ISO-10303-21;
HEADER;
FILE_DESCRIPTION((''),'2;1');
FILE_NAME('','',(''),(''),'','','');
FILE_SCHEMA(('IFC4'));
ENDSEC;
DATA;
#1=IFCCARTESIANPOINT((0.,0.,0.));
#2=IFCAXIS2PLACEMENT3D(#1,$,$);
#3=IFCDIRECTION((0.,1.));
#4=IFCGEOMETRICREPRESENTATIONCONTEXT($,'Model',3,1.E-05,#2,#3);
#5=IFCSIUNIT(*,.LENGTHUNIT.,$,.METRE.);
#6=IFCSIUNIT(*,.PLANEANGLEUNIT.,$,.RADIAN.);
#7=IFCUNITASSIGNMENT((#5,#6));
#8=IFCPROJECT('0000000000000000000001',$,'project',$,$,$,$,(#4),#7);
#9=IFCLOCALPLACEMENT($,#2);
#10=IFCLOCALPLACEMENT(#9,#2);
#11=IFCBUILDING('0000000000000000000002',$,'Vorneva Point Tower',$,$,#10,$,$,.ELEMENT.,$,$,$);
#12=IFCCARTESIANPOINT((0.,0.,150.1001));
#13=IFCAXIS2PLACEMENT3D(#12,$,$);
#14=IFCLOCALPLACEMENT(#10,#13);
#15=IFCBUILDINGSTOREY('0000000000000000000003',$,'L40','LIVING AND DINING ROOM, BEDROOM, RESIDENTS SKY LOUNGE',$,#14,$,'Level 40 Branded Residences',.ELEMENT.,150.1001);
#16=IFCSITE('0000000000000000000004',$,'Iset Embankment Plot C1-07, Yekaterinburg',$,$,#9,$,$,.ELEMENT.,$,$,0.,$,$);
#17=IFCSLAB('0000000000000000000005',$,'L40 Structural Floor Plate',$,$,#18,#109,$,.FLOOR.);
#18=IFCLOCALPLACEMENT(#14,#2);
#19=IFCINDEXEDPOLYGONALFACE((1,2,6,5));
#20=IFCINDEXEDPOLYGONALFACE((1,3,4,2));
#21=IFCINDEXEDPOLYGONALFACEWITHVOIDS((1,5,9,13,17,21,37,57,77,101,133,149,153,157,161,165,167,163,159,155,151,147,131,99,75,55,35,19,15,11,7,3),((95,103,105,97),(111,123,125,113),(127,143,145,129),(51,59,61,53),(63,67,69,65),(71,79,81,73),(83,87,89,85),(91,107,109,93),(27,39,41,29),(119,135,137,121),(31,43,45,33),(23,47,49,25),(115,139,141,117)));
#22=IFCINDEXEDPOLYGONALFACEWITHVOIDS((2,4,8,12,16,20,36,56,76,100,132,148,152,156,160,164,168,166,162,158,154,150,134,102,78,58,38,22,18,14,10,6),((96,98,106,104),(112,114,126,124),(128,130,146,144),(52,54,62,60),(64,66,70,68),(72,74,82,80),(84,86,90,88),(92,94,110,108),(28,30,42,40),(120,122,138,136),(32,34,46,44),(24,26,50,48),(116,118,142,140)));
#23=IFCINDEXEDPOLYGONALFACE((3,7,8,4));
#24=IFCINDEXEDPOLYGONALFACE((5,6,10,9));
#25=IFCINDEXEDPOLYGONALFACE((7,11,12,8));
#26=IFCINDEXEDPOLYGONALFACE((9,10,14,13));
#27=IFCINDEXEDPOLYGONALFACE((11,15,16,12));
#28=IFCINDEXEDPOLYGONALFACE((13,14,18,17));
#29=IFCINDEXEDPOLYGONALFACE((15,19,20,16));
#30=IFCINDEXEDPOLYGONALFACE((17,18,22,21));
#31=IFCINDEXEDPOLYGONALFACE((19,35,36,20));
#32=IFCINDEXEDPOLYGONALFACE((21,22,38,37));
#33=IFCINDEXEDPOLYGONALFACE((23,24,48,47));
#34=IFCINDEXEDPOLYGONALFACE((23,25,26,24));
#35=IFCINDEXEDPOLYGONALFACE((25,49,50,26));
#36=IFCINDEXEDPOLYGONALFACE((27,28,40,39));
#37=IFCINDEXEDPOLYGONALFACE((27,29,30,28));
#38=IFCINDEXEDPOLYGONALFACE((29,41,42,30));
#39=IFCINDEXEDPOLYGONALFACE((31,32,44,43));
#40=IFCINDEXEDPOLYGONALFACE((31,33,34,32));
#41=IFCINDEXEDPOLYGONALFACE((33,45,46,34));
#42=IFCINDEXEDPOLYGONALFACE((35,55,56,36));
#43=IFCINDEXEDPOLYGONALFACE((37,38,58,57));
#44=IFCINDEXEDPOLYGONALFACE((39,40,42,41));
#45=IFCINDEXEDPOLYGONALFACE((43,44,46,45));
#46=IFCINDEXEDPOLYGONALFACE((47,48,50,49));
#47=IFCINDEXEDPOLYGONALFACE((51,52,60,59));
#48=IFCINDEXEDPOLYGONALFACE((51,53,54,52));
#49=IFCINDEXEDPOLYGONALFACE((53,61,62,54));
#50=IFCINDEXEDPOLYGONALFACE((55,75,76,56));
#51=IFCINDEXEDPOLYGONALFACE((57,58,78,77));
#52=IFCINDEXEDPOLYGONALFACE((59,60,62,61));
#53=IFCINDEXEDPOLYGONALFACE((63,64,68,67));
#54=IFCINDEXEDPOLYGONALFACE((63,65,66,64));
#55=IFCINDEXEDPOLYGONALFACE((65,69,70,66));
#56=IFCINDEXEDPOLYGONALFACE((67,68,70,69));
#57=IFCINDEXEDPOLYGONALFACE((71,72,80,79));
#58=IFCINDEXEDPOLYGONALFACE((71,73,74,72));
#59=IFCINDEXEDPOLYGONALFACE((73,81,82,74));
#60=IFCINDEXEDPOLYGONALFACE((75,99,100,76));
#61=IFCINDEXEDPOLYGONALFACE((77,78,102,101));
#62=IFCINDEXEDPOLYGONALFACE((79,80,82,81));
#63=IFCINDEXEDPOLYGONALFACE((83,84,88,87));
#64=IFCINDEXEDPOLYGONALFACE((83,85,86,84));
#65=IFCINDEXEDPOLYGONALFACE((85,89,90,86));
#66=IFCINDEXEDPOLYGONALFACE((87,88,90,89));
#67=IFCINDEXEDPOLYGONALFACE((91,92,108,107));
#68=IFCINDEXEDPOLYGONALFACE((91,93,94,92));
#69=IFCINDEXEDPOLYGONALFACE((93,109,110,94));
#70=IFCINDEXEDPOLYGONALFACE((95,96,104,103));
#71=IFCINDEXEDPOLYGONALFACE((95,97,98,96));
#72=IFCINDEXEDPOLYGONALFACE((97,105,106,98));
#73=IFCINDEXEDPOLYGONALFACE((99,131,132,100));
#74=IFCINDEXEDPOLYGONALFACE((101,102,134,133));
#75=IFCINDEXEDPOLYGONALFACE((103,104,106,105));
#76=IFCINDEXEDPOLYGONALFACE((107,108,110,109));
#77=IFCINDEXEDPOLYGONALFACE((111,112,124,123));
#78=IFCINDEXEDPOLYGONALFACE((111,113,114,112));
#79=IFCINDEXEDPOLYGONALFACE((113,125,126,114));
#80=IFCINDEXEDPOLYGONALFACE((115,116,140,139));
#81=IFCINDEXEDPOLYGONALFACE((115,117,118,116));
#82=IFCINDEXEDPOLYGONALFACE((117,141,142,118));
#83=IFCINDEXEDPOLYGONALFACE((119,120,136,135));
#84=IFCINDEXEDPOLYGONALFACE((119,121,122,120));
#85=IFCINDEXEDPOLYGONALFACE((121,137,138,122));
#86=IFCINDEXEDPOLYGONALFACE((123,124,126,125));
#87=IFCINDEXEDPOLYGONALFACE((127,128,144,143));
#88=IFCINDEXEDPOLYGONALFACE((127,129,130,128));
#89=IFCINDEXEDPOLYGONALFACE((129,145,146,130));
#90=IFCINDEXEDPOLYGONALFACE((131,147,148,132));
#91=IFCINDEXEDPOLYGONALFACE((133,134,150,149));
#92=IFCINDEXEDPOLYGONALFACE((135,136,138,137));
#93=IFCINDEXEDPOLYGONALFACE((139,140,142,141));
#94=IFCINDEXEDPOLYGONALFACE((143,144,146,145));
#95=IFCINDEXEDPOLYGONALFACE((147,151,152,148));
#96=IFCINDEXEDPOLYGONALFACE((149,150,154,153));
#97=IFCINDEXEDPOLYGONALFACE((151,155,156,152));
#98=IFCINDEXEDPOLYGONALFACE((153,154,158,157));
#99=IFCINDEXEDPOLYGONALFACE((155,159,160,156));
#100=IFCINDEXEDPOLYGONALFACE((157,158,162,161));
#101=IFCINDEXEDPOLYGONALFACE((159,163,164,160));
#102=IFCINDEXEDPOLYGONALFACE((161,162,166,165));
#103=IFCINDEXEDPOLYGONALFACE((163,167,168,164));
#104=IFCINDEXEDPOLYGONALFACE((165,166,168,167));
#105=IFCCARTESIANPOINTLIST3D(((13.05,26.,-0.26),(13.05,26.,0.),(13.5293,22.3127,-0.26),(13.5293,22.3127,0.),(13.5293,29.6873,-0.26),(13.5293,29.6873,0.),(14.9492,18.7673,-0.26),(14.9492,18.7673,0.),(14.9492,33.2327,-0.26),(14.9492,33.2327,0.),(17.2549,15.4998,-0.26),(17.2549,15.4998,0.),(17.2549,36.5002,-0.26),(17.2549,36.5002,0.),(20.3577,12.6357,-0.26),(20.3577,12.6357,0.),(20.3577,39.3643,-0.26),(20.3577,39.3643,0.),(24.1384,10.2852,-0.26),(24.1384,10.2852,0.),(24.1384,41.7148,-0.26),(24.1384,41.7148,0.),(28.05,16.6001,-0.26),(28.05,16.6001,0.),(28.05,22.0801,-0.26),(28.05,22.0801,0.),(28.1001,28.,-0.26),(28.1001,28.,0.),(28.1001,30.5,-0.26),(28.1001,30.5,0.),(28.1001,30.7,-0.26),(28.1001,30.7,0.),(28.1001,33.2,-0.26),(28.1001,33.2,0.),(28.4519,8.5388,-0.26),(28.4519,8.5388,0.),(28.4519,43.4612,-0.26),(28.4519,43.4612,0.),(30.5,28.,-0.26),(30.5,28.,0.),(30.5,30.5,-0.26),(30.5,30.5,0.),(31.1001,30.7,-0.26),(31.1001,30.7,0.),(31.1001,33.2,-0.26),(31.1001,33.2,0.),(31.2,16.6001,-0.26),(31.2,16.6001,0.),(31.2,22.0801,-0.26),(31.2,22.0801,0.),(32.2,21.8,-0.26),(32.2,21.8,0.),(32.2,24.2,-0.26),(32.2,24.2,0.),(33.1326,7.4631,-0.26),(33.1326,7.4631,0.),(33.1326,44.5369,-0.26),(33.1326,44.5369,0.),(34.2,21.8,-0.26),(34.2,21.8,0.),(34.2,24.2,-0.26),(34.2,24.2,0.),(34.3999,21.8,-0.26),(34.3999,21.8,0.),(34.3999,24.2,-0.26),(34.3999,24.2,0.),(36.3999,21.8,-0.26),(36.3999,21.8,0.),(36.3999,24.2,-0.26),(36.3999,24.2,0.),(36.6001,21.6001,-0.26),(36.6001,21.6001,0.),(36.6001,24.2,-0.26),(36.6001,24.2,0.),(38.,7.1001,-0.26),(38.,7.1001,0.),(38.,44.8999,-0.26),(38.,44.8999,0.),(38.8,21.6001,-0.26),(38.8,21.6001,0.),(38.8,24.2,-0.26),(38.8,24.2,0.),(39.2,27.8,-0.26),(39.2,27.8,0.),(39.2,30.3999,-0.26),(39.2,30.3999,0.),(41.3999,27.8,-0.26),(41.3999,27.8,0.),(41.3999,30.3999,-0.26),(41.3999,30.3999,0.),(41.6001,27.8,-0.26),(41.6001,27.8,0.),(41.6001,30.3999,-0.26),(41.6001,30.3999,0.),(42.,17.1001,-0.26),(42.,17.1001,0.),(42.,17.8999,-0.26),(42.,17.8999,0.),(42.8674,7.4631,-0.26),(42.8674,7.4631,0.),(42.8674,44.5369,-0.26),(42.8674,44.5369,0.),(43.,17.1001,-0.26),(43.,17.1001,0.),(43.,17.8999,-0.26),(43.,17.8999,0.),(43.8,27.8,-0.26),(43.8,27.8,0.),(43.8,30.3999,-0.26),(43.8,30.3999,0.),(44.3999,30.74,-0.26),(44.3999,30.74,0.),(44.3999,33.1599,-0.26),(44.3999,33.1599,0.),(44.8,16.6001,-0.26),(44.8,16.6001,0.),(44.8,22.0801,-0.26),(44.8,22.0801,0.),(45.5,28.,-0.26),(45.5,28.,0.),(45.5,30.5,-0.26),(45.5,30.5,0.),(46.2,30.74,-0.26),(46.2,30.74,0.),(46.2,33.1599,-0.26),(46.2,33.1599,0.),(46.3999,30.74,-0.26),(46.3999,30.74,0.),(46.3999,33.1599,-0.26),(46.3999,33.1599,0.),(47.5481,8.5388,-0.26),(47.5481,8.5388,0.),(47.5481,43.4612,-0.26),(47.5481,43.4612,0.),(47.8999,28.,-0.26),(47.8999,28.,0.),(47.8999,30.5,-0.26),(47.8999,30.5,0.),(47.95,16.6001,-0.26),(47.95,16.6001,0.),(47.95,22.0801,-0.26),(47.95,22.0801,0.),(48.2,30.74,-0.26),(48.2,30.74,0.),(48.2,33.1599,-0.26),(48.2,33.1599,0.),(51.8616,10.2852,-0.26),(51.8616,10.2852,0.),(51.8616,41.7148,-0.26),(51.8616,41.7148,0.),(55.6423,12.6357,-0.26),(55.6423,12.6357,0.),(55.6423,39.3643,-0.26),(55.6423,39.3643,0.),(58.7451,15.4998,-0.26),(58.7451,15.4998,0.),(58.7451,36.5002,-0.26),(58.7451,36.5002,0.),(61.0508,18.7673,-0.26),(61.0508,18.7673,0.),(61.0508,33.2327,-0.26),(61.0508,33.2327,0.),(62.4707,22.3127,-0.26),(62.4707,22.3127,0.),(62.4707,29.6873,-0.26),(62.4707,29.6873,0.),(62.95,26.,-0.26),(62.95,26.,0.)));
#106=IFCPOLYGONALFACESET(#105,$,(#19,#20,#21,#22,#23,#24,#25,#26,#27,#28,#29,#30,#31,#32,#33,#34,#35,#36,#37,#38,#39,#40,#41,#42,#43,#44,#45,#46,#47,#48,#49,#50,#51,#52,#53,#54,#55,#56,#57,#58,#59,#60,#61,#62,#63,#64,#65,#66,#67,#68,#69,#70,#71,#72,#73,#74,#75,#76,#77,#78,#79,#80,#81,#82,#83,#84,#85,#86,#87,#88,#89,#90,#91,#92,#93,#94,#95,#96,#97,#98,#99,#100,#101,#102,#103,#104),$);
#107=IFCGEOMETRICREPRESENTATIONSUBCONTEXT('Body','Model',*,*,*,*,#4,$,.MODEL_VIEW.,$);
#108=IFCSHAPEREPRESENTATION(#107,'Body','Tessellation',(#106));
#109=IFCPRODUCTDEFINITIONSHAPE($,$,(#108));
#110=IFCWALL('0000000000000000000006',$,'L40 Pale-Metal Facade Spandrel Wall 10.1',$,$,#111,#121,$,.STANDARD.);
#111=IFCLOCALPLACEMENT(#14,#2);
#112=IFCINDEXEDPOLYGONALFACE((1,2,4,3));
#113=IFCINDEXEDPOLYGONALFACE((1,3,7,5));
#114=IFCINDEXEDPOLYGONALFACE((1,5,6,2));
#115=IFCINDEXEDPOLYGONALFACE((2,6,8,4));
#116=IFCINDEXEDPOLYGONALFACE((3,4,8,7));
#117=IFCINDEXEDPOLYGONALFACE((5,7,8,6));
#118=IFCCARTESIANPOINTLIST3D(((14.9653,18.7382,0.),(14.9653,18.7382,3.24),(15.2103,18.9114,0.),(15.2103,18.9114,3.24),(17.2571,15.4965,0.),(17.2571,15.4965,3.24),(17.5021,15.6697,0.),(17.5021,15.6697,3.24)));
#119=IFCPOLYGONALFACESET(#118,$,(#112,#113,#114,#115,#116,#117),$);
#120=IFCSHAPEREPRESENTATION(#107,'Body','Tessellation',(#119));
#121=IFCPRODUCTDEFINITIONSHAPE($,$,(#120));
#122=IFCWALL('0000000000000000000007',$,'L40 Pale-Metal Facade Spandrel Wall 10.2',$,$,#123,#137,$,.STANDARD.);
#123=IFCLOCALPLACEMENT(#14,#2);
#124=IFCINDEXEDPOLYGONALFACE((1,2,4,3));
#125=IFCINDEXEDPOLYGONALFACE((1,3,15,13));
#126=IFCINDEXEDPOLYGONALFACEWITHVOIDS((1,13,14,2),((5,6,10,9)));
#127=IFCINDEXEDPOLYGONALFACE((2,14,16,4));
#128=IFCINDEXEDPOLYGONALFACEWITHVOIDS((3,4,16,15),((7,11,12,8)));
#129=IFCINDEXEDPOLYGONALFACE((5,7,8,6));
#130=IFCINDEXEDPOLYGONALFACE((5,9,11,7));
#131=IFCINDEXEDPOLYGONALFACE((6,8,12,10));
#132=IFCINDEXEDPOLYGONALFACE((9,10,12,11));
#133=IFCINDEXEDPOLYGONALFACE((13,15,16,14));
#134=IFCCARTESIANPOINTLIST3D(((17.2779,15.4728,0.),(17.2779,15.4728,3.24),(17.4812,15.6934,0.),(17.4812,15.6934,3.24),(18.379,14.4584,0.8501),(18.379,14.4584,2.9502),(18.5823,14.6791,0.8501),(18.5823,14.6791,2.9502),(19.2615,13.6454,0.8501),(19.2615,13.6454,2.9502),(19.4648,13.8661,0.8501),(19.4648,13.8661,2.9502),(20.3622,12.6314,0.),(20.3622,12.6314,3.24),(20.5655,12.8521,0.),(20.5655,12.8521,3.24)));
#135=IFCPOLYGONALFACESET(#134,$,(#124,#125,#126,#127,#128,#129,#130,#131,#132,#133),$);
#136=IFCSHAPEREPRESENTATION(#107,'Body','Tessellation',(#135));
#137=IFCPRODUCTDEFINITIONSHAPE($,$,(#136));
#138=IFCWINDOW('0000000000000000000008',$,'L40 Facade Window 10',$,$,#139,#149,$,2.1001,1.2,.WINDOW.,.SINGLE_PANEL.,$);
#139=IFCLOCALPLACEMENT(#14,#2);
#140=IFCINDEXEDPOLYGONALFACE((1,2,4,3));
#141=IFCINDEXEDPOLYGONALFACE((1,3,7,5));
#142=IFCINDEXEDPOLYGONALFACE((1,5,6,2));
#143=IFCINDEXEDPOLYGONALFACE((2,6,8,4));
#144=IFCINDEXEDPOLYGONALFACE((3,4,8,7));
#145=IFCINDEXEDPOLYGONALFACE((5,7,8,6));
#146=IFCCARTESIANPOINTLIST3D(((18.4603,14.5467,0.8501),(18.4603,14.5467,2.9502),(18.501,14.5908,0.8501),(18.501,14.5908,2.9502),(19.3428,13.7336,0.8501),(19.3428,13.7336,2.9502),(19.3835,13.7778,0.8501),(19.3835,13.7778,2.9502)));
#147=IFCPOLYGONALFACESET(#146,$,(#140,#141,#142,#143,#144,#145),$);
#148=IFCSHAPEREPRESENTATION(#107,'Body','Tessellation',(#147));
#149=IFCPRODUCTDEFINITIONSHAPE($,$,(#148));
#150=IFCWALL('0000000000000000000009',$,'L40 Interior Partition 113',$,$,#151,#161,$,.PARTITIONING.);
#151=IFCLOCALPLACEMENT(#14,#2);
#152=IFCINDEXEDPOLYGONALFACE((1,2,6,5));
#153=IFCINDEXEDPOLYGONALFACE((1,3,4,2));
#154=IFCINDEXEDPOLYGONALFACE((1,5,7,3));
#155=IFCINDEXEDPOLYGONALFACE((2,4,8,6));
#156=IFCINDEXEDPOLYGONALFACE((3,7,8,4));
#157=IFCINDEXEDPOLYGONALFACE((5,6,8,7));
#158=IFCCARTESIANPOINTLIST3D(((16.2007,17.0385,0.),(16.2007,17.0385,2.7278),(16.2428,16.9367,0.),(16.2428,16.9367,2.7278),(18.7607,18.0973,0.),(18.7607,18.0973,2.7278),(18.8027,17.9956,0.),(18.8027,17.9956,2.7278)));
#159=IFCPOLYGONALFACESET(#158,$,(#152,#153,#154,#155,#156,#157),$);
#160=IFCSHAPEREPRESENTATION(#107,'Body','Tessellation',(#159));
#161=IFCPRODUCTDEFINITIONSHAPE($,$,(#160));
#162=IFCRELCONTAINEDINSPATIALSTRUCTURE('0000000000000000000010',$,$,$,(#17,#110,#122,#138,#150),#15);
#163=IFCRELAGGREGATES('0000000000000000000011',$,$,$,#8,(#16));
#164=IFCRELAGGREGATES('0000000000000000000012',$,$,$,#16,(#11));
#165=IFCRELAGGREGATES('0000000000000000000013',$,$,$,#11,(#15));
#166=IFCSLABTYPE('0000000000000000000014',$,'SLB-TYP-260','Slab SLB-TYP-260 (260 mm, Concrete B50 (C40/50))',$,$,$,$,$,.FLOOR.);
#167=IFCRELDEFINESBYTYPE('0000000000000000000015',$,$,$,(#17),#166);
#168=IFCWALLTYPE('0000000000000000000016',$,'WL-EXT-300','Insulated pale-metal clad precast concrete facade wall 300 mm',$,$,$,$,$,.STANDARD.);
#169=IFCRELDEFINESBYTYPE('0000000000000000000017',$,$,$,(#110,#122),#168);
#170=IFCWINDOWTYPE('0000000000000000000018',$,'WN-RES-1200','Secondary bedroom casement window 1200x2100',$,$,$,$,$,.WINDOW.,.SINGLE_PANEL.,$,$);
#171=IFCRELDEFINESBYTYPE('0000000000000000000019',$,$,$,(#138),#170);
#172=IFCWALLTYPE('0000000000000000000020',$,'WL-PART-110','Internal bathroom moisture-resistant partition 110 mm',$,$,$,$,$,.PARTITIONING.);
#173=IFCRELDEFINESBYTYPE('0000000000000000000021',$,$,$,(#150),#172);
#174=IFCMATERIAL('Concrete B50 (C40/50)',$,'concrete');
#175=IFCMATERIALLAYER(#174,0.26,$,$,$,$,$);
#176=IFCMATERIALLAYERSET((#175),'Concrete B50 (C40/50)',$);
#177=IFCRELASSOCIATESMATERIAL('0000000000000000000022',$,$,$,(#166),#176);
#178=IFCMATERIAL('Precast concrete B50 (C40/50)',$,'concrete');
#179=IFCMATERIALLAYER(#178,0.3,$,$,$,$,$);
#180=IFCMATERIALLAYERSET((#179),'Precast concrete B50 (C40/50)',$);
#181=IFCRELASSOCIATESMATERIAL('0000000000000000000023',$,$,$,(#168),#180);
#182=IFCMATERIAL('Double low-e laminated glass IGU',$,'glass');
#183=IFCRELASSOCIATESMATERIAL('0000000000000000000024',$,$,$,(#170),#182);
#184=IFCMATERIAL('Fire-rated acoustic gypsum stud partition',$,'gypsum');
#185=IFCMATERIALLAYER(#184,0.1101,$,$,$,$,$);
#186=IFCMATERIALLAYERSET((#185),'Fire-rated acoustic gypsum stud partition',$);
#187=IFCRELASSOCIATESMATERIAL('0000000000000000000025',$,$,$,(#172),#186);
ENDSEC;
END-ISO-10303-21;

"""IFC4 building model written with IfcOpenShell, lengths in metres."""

from ifc_helpers import new_model, si_unit, direction, frame, frame_2d, origin, place, context, subcontext, project, spatial, polyline, rectangle, outline, extrude, material, layer, layer_set, type_object, element, fill, save


model = new_model("IFC4")

# Units and contexts
model_context = context("Model", 3, precision=1e-05, world=origin(), true_north=direction((0.0, 1.0)))
body_context = subcontext(model_context, "Body", "Model", "MODEL_VIEW")
ifc_project = project(units=[si_unit("LENGTHUNIT", "METRE"), si_unit("PLANEANGLEUNIT", "RADIAN")], contexts=[model_context])

# Site, building, storey
site_placement = place(None, origin())
site = spatial("IfcSite", under=ifc_project, at=site_placement, Name="Iset Embankment Plot C1-07, Yekaterinburg", CompositionType="ELEMENT", RefElevation=0.0)
building_placement = place(site_placement, origin())
building = spatial("IfcBuilding", under=site, at=building_placement, Name="Vorneva Point Tower", CompositionType="ELEMENT")
storey_placement = place(building_placement, frame((0.0, 0.0, 150.1001)))
storey = spatial("IfcBuildingStorey", under=building, at=storey_placement, Name="L40", Description="LIVING AND DINING ROOM, BEDROOM, RESIDENTS SKY LOUNGE", LongName="Level 40 Branded Residences", CompositionType="ELEMENT", Elevation=150.1001)

# Shared definitions
ifc_material_1 = material(Name="Double low-e laminated glass IGU", Category="glass")

# Shared definitions
ifc_material_2 = material(Name="Concrete B50 (C40/50)", Category="concrete")

# Slab
ifc_layer_1 = layer(ifc_material_2, 0.26)
ifc_layer_set_1 = layer_set([ifc_layer_1], Name="Concrete B50 (C40/50)")
slab_type_1 = type_object("IfcSlabType", Name="SLB-TYP-260", Description="Slab SLB-TYP-260 (260 mm, Concrete B50 (C40/50))", PredefinedType="FLOOR", material=ifc_layer_set_1)
slab_1_placement = place(storey_placement, frame((0.0, 0.0, -0.26)))
element("IfcSlab", 1, at=slab_1_placement, inside=storey, type_object=slab_type_1, Name="L40 Structural Floor Plate", PredefinedType="FLOOR", context=body_context, shape_type="SweptSolid", body=[
    extrude(outline(polyline([(62.95, 26.0), (62.4707, 29.6873), (61.0508, 33.2327), (58.7451, 36.5002), (55.6423, 39.3643), (51.8616, 41.7148), (47.5481, 43.4612), (42.8674, 44.5369), (38.0, 44.8999), (33.1326, 44.5369), (28.4519, 43.4612), (24.1384, 41.7148), (20.3577, 39.3643), (17.2549, 36.5002), (14.9492, 33.2327), (13.5293, 29.6873), (13.05, 26.0), (13.5293, 22.3127), (14.9492, 18.7673), (17.2549, 15.4998), (20.3577, 12.6357), (24.1384, 10.2852), (28.4519, 8.5388), (33.1326, 7.4631), (38.0, 7.1001), (42.8674, 7.4631), (47.5481, 8.5388), (51.8616, 10.2852), (55.6423, 12.6357), (58.7451, 15.4998), (61.0508, 18.7673), (62.4707, 22.3127), (62.95, 26.0)]), holes=[polyline([(32.2, 21.8), (34.2, 21.8), (34.2, 24.2), (32.2, 24.2), (32.2, 21.8)]), polyline([(34.3999, 21.8), (36.3999, 21.8), (36.3999, 24.2), (34.3999, 24.2), (34.3999, 21.8)]), polyline([(36.6001, 21.6001), (38.8, 21.6001), (38.8, 24.2), (36.6001, 24.2), (36.6001, 21.6001)]), polyline([(39.2, 27.8), (41.3999, 27.8), (41.3999, 30.3999), (39.2, 30.3999), (39.2, 27.8)]), polyline([(41.6001, 27.8), (43.8, 27.8), (43.8, 30.3999), (41.6001, 30.3999), (41.6001, 27.8)]), polyline([(44.3999, 30.74), (46.2, 30.74), (46.2, 33.1599), (44.3999, 33.1599), (44.3999, 30.74)]), polyline([(46.3999, 30.74), (48.2, 30.74), (48.2, 33.1599), (46.3999, 33.1599), (46.3999, 30.74)]), polyline([(28.1001, 28.0), (30.5, 28.0), (30.5, 30.5), (28.1001, 30.5), (28.1001, 28.0)]), polyline([(45.5, 28.0), (47.8999, 28.0), (47.8999, 30.5), (45.5, 30.5), (45.5, 28.0)]), polyline([(28.1001, 30.7), (31.1001, 30.7), (31.1001, 33.2), (28.1001, 33.2), (28.1001, 30.7)]), polyline([(28.05, 16.6001), (31.2, 16.6001), (31.2, 22.0801), (28.05, 22.0801), (28.05, 16.6001)]), polyline([(44.8, 16.6001), (47.95, 16.6001), (47.95, 22.0801), (44.8, 22.0801), (44.8, 16.6001)]), polyline([(42.0, 17.1001), (43.0, 17.1001), (43.0, 17.8999), (42.0, 17.8999), (42.0, 17.1001)])]), origin(), (0.0, 0.0, 1.0), 0.26),
])

# Wall
ifc_material_3 = material(Name="Precast concrete B50 (C40/50)", Category="concrete")
ifc_layer_2 = layer(ifc_material_3, 0.3)
ifc_layer_set_2 = layer_set([ifc_layer_2], Name="Precast concrete B50 (C40/50)")
wall_type_1 = type_object("IfcWallType", Name="WL-EXT-300", Description="Insulated pale-metal clad precast concrete facade wall 300 mm", PredefinedType="STANDARD", material=ifc_layer_set_2)
wall_1_placement = place(storey_placement, frame((15.0879, 18.8247, 0.0), z_axis=(0.0, 0.0, 1.0), x_axis=(0.57727, -0.816554, 0.0)))
element("IfcWall", 2, at=wall_1_placement, inside=storey, type_object=wall_type_1, Name="L40 Pale-Metal Facade Spandrel Wall 10.1", PredefinedType="STANDARD", context=body_context, shape_type="SweptSolid", body=[
    extrude(rectangle(XDim=3.97, YDim=0.3, at=frame_2d((1.9849, 0.0))), origin(), (0.0, 0.0, 1.0), 3.24),
])

# Wall, opening, window
wall_2_placement = place(storey_placement, frame((17.3796, 15.583, 0.0), z_axis=(0.0, 0.0, 1.0), x_axis=(0.735477, -0.67755, 0.0)))
wall_2 = element("IfcWall", 3, at=wall_2_placement, inside=storey, type_object=wall_type_1, Name="L40 Pale-Metal Facade Spandrel Wall 10.2", PredefinedType="STANDARD", context=body_context, shape_type="SweptSolid", body=[
    extrude(rectangle(XDim=4.1936, YDim=0.3, at=frame_2d((2.0967, 0.0))), origin(), (0.0, 0.0, 1.0), 3.24),
])
opening_1_placement = place(wall_2_placement, frame((1.4968, 0.0, 0.8501)))
opening_1 = element("IfcOpeningElement", 4, at=opening_1_placement, cuts=wall_2, PredefinedType="OPENING", context=body_context, shape_type="SweptSolid", body=[
    extrude(rectangle(XDim=1.2, YDim=2.1001, at=frame_2d((0.6001, 1.05))), frame((0.0, 0.165, 0.0), z_axis=(0.0, -1.0, 0.0), x_axis=(1.0, 0.0, 0.0)), (0.0, 0.0, 1.0), 0.3298),
])
window_type = type_object("IfcWindowType", Name="WN-RES-1200", Description="Secondary bedroom casement window 1200x2100", PartitioningType="SINGLE_PANEL", PredefinedType="WINDOW", material=ifc_material_1)
window_placement = place(opening_1_placement, origin())
window = element("IfcWindow", 5, at=window_placement, inside=storey, type_object=window_type, Name="L40 Facade Window 10", OverallHeight=2.1001, OverallWidth=1.2, PartitioningType="SINGLE_PANEL", PredefinedType="WINDOW", context=body_context, shape_type="SweptSolid", body=[
    extrude(rectangle(XDim=1.2, YDim=2.1001, at=frame_2d((0.6001, 1.05))), frame((0.0, 0.03, 0.0), z_axis=(0.0, -1.0, 0.0), x_axis=(1.0, 0.0, 0.0)), (0.0, 0.0, 1.0), 0.0601),
])
fill(opening_1, window)

# Wall
ifc_material_4 = material(Name="Fire-rated acoustic gypsum stud partition", Category="gypsum")
ifc_layer_3 = layer(ifc_material_4, 0.1101)
ifc_layer_set_3 = layer_set([ifc_layer_3], Name="Fire-rated acoustic gypsum stud partition")
wall_type_2 = type_object("IfcWallType", Name="WL-PART-110", Description="Internal bathroom moisture-resistant partition 110 mm", PredefinedType="PARTITIONING", material=ifc_layer_set_3)
wall_3_placement = place(storey_placement, frame((16.2217, 16.9875, 0.0), z_axis=(0.0, 0.0, 1.0), x_axis=(0.924067, 0.38223, 0.0)))
element("IfcWall", 6, at=wall_3_placement, inside=storey, type_object=wall_type_2, Name="L40 Interior Partition 113", PredefinedType="PARTITIONING", context=body_context, shape_type="SweptSolid", body=[
    extrude(rectangle(XDim=2.7703, YDim=0.1101, at=frame_2d((1.3853, 0.0))), origin(), (0.0, 0.0, 1.0), 2.7278),
])

save(model, "model.ifc")
